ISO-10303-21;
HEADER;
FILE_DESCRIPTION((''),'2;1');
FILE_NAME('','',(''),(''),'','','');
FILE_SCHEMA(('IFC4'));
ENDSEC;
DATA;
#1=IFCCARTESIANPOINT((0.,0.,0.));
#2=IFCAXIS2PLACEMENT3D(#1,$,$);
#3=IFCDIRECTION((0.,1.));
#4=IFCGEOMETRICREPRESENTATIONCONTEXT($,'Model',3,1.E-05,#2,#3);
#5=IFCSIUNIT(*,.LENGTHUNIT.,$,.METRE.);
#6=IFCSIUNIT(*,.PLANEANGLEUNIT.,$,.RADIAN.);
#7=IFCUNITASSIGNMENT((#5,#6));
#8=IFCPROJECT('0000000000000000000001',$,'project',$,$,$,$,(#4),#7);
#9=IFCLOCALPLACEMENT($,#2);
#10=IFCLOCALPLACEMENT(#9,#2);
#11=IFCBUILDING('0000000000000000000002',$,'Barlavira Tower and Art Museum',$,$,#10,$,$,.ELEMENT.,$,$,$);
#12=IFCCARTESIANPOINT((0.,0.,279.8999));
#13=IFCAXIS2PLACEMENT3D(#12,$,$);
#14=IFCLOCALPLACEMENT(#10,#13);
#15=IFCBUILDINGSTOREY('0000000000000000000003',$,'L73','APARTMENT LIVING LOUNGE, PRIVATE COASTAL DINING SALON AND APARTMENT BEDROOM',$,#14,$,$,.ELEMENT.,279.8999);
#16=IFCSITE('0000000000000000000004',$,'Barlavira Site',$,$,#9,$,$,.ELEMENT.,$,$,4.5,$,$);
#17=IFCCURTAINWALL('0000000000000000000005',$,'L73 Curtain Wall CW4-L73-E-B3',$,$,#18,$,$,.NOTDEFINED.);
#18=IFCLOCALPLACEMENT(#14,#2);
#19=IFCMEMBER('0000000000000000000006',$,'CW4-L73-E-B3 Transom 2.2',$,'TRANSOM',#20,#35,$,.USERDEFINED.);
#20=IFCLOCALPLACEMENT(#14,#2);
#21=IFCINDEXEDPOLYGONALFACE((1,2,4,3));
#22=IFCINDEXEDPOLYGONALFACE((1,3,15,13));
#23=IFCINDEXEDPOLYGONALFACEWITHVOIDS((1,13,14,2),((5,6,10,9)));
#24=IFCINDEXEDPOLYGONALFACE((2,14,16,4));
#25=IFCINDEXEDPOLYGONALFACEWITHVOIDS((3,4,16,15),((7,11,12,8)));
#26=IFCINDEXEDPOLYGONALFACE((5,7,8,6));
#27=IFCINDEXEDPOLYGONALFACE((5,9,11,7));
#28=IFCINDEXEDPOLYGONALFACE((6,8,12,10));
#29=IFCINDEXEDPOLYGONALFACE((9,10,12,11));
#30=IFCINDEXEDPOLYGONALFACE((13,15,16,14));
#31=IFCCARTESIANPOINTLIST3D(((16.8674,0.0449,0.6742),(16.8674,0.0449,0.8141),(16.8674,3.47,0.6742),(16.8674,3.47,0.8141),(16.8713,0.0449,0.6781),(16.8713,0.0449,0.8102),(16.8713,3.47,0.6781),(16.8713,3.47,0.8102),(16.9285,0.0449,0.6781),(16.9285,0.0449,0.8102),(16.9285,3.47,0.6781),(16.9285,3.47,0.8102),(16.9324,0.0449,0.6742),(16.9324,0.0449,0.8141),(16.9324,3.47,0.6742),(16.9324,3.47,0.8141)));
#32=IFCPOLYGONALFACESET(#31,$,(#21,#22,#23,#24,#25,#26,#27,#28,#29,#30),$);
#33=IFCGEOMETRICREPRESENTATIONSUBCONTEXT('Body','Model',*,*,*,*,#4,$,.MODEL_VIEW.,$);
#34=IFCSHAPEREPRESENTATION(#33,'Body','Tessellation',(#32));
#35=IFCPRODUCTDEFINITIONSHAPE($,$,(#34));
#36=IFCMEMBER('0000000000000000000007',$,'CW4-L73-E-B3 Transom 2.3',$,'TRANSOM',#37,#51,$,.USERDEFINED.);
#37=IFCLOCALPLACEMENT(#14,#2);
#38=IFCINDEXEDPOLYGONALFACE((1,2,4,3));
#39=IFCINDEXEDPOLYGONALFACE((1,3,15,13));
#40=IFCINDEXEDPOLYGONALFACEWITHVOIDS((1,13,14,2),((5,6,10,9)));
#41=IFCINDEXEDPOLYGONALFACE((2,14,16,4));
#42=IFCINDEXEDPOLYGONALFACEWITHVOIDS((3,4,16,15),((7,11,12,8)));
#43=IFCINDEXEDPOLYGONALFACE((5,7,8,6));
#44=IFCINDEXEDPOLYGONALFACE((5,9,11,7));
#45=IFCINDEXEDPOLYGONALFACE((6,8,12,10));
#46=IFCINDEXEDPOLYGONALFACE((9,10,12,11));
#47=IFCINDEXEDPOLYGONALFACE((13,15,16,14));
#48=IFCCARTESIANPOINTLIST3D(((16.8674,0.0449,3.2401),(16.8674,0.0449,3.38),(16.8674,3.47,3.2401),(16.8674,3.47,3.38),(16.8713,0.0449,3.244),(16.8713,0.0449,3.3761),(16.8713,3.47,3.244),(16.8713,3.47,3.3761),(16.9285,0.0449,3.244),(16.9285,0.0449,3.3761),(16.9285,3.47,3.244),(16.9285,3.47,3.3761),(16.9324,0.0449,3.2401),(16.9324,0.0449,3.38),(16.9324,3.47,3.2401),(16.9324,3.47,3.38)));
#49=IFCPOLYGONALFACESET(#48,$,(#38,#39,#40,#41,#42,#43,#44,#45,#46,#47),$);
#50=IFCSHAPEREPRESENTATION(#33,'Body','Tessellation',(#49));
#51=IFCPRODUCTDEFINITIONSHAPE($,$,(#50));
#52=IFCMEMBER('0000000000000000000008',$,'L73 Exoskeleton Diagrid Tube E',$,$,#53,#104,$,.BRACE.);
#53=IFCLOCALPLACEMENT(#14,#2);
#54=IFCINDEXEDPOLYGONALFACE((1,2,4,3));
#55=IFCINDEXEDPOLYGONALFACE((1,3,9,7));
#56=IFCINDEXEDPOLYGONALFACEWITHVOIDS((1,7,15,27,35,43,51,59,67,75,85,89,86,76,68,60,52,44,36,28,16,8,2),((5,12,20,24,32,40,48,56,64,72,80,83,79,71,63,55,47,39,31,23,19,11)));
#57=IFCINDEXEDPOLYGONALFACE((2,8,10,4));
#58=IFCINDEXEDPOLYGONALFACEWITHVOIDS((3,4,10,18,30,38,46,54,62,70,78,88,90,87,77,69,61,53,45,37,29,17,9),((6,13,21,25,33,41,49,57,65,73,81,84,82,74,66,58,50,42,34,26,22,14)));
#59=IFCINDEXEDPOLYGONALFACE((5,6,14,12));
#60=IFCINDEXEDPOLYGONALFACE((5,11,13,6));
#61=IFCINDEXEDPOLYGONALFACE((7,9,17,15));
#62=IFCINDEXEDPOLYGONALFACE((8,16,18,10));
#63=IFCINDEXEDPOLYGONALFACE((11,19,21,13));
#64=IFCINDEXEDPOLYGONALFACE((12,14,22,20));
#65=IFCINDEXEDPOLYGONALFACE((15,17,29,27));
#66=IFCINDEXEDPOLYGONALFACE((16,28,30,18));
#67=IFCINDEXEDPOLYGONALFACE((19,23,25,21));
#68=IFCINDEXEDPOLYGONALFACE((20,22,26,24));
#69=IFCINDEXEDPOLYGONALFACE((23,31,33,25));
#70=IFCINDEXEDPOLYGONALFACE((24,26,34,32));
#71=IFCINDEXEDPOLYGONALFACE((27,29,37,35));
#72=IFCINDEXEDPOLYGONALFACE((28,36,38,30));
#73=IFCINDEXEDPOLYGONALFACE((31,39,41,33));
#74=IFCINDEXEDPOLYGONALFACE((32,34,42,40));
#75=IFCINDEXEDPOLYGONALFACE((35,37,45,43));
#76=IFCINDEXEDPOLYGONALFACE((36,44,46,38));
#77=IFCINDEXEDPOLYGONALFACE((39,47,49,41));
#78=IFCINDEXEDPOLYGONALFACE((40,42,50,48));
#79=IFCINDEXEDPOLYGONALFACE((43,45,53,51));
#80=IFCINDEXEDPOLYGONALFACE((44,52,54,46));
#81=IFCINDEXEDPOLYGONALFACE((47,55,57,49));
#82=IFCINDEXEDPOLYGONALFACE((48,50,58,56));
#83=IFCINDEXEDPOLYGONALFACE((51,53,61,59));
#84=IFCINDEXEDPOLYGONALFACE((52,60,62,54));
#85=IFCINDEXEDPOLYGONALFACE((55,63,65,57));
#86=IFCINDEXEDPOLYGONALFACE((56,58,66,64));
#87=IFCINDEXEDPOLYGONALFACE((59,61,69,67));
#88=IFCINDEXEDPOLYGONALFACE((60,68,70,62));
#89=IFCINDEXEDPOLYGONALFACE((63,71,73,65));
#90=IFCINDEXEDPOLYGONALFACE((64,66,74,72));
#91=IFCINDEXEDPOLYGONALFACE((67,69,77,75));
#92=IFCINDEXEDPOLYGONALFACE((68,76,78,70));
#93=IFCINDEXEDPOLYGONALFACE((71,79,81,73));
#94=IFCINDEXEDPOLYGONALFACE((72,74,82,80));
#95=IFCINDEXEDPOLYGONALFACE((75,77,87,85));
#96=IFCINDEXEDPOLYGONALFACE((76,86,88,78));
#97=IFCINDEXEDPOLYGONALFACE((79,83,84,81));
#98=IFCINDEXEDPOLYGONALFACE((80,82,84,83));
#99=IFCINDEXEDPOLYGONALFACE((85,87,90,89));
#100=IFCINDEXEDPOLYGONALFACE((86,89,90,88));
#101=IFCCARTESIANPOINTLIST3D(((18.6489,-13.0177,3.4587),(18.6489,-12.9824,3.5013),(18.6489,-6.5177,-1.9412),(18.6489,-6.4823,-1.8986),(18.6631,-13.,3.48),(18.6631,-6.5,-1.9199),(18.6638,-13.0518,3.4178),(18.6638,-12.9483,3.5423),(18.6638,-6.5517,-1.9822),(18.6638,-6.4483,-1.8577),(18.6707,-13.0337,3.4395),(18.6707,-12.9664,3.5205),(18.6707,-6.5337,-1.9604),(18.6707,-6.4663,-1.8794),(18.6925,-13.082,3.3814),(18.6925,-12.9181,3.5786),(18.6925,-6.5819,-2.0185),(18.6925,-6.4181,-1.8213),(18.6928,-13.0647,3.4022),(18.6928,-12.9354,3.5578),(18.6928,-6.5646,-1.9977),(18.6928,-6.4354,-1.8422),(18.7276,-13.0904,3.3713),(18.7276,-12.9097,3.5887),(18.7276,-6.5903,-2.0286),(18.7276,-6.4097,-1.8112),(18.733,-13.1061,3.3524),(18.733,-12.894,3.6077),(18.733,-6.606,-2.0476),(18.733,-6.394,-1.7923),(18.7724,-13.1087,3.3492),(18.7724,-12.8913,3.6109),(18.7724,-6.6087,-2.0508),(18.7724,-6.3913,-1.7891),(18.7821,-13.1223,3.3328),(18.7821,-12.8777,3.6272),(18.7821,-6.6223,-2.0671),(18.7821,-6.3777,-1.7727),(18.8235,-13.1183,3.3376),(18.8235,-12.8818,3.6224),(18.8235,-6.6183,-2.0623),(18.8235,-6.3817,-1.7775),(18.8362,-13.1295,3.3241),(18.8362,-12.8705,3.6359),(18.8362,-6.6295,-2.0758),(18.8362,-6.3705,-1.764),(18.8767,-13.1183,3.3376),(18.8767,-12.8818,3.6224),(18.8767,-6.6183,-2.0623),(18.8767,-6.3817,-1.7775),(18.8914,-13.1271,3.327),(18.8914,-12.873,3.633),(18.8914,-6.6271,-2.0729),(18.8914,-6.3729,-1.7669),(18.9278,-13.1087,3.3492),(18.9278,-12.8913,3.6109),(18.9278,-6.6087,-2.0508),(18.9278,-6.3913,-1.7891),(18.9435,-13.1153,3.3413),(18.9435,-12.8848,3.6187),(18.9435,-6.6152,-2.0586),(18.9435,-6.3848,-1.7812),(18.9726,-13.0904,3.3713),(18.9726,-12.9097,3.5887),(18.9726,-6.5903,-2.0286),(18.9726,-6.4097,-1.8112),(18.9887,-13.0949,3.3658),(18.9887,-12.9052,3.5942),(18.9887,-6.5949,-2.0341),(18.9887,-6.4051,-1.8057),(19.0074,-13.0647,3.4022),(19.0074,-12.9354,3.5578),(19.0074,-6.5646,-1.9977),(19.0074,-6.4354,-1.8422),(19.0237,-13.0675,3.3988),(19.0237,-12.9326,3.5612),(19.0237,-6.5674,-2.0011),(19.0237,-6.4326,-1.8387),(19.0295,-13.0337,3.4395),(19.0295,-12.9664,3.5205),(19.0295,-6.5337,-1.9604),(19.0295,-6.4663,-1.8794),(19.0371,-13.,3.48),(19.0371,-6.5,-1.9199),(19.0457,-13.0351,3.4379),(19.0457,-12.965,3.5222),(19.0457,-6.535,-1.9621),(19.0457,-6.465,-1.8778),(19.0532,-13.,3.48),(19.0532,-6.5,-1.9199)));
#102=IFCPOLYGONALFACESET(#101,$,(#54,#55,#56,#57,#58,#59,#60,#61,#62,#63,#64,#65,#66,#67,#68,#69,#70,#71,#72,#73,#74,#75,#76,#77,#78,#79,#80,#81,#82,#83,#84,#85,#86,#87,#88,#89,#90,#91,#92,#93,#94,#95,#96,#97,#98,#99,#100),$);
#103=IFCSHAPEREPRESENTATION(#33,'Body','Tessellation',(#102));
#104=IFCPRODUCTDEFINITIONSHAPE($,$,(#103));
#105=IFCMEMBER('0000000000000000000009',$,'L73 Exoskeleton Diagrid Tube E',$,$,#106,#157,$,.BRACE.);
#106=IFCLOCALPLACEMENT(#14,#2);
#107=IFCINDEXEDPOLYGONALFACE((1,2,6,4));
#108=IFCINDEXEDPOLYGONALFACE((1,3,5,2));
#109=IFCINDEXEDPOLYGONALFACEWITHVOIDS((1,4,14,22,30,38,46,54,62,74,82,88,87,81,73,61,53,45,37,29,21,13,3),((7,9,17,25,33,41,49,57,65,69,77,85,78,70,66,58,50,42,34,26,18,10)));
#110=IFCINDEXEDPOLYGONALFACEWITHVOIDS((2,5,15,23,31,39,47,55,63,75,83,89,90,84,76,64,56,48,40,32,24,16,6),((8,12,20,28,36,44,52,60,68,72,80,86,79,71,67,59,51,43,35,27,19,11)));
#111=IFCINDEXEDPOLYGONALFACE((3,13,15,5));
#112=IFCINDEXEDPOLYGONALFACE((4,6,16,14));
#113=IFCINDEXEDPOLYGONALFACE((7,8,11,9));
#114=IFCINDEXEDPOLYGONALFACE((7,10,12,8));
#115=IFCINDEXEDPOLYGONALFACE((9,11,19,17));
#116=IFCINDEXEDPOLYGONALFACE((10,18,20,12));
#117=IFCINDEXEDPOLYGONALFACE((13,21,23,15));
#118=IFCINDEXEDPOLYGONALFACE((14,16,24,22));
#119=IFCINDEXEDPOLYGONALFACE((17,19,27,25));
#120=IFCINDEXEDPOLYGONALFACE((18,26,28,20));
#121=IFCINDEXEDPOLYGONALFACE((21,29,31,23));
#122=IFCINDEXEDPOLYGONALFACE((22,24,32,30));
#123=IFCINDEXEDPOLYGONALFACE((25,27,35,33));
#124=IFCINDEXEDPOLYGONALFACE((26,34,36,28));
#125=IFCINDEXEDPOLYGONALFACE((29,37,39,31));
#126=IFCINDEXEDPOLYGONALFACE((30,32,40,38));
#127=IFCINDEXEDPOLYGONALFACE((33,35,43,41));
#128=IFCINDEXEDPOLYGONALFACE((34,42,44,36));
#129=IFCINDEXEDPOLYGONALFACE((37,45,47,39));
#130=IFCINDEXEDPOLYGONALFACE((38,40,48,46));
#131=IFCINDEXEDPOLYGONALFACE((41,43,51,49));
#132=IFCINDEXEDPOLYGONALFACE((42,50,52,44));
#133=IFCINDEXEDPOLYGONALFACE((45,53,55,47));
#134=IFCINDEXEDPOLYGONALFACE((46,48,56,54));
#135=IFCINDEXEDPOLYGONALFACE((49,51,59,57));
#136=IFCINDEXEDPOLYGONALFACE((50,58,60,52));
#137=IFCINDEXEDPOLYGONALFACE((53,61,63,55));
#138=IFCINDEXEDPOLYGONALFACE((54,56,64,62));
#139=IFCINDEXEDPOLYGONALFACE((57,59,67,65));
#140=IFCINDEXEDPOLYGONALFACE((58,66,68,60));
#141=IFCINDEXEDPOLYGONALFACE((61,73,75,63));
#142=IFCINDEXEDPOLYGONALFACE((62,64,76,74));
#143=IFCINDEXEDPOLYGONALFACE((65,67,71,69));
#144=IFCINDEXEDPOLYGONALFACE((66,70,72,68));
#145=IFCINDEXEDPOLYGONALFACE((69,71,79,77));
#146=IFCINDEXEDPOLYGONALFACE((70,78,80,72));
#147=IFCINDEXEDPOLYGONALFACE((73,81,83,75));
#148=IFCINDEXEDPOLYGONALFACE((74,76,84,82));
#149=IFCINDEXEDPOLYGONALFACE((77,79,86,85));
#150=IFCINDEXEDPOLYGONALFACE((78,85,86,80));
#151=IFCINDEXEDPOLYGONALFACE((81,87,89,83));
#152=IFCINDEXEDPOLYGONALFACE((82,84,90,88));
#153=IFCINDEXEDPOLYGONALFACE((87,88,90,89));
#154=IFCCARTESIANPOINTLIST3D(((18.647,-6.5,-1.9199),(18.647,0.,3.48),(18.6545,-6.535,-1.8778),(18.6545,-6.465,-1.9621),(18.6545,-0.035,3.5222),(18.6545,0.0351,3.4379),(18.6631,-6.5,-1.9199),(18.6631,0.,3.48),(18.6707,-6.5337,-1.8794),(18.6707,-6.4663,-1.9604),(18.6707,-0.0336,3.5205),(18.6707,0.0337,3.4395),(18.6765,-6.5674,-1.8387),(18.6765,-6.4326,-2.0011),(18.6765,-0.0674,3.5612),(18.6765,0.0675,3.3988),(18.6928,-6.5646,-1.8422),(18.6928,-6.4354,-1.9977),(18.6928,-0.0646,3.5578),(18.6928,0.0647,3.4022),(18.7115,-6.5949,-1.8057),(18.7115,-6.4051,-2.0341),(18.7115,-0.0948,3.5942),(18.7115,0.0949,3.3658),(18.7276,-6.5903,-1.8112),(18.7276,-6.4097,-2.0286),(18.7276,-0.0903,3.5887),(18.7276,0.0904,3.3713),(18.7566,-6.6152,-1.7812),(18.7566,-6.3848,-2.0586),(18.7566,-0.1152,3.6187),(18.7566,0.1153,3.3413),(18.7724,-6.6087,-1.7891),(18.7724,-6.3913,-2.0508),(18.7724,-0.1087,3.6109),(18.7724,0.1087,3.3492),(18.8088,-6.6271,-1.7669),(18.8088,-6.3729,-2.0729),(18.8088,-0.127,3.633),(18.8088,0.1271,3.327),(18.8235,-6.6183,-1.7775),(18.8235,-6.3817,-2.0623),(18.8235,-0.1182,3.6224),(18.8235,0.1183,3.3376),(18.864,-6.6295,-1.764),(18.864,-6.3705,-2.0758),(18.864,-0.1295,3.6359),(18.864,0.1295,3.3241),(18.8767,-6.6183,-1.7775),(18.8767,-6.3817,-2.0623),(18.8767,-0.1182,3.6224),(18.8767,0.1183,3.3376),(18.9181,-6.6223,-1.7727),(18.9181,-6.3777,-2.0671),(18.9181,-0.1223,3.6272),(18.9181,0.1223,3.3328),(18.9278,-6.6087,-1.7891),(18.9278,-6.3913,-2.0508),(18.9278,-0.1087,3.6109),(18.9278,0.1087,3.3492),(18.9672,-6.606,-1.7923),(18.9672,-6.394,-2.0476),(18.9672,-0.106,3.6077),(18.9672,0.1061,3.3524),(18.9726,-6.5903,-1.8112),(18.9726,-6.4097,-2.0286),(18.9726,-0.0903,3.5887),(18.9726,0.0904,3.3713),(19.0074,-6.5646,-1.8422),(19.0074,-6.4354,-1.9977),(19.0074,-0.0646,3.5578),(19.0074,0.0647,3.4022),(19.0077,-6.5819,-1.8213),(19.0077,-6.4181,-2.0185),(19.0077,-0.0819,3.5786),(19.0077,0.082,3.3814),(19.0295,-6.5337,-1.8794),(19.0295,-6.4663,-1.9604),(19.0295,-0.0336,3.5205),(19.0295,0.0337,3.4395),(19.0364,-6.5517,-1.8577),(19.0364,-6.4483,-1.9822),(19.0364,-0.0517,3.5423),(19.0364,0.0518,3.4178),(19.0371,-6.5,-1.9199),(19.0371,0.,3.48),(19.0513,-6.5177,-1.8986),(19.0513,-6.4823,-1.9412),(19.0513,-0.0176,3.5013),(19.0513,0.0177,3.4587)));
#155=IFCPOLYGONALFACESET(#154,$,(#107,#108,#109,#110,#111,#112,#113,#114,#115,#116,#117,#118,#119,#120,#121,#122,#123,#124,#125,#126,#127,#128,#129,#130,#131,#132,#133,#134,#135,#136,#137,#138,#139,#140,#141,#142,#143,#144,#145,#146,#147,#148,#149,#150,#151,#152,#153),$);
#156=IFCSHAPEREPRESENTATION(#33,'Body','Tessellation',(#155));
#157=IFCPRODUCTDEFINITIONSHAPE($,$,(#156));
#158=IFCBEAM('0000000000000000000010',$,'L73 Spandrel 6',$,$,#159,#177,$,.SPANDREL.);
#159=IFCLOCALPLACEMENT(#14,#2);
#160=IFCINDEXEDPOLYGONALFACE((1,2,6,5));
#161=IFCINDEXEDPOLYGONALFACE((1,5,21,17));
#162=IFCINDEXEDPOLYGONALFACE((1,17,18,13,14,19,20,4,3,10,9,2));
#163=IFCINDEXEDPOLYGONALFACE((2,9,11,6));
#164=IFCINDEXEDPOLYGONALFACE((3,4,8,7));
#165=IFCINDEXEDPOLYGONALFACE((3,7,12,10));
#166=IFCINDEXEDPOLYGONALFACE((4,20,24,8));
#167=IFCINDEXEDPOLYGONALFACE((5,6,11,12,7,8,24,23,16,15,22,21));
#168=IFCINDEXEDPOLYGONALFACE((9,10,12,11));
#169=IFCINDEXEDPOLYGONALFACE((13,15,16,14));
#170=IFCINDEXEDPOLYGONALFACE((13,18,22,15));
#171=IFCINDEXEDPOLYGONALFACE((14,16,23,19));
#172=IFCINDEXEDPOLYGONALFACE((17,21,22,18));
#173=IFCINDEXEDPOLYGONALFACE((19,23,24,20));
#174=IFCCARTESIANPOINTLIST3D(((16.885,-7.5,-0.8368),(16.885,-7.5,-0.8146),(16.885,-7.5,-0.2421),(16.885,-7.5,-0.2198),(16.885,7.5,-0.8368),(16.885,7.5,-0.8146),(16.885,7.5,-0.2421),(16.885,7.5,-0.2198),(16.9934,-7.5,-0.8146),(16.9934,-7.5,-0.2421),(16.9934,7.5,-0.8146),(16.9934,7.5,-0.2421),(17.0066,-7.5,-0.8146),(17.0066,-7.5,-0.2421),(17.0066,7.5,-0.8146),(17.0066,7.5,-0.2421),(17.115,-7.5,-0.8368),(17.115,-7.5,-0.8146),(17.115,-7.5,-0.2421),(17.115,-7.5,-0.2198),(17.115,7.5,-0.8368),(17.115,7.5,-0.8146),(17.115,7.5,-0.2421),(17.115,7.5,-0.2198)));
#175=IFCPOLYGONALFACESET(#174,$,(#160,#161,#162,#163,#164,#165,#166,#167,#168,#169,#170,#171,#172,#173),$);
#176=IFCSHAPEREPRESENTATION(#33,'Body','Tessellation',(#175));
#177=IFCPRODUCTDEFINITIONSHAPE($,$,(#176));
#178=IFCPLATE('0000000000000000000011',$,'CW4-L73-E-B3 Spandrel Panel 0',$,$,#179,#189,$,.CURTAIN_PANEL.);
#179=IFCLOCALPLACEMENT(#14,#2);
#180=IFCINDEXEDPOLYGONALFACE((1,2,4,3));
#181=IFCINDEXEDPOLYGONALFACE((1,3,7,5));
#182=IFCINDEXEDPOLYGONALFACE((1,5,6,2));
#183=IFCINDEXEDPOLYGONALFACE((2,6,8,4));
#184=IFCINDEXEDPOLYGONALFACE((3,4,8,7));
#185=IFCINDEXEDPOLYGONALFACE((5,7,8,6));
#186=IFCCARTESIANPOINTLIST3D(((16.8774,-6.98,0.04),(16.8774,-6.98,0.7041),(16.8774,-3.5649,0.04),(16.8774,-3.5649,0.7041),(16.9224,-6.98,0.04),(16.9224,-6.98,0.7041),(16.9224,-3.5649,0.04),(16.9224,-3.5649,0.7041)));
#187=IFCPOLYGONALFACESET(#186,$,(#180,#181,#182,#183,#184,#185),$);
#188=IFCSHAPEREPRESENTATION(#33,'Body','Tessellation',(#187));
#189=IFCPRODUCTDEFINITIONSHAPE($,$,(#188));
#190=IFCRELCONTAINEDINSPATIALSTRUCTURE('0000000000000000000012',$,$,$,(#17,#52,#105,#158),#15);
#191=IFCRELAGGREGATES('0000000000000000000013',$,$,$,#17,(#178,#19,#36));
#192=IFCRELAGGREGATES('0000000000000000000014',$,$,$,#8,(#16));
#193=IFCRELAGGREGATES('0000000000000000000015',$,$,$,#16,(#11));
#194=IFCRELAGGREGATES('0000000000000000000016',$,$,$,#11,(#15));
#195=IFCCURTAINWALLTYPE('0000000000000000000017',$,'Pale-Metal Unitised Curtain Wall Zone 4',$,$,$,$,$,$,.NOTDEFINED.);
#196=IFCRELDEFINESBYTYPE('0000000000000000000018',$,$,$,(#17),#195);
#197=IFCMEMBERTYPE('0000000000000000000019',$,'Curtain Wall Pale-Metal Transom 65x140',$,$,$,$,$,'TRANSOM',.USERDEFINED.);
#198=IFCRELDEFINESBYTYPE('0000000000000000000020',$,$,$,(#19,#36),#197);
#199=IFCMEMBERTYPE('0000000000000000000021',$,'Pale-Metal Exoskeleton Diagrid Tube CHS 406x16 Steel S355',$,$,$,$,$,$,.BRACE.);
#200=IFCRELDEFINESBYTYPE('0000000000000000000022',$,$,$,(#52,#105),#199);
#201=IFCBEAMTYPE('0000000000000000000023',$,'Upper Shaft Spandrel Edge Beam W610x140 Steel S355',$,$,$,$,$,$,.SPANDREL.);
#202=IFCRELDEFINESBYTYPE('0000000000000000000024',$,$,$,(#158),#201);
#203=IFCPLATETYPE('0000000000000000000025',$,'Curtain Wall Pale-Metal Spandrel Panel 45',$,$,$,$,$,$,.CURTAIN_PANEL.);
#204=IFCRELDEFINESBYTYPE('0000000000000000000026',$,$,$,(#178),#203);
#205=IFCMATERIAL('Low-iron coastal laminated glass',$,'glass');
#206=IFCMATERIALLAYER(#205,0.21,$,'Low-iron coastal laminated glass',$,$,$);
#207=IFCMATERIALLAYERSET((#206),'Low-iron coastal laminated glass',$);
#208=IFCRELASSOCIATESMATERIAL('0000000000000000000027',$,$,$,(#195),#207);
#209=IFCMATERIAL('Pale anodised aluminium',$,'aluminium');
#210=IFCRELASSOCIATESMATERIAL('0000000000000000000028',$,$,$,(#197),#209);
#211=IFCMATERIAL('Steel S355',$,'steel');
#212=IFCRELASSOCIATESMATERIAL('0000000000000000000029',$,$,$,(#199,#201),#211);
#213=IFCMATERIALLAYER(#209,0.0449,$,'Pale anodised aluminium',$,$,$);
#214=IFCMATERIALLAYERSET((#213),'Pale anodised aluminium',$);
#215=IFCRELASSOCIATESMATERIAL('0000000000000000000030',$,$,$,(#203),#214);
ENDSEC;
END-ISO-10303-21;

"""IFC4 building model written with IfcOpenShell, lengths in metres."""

from ifc_helpers import new_model, si_unit, direction, frame, origin, origin_2d, place, context, subcontext, project, spatial, rectangle, hollow_rectangle, hollow_circle, i_section, extrude, material, layer, layer_set, material_profile, profile_set, type_object, element, aggregate, save


model = new_model("IFC4")

# Units and contexts
model_context = context("Model", 3, precision=1e-05, world=origin(), true_north=direction((0.0, 1.0)))
body_context = subcontext(model_context, "Body", "Model", "MODEL_VIEW")
ifc_project = project(units=[si_unit("LENGTHUNIT", "METRE"), si_unit("PLANEANGLEUNIT", "RADIAN")], contexts=[model_context])

# Site, building, storey
site_placement = place(None, origin())
site = spatial("IfcSite", under=ifc_project, at=site_placement, Name="Barlavira Site", CompositionType="ELEMENT", RefElevation=4.5)
building_placement = place(site_placement, origin())
building = spatial("IfcBuilding", under=site, at=building_placement, Name="Barlavira Tower and Art Museum", CompositionType="ELEMENT")
storey_placement = place(building_placement, frame((0.0, 0.0, 279.8999)))
storey = spatial("IfcBuildingStorey", under=building, at=storey_placement, Name="L73", Description="APARTMENT LIVING LOUNGE, PRIVATE COASTAL DINING SALON AND APARTMENT BEDROOM", CompositionType="ELEMENT", Elevation=279.8999)

# Curtain wall, members
ifc_material_1 = material(Name="Low-iron coastal laminated glass", Category="glass")
ifc_layer_1 = layer(ifc_material_1, 0.21, Name="Low-iron coastal laminated glass")
ifc_layer_set_1 = layer_set([ifc_layer_1], Name="Low-iron coastal laminated glass")
curtain_wall_type = type_object("IfcCurtainWallType", Name="Pale-Metal Unitised Curtain Wall Zone 4", PredefinedType="NOTDEFINED", material=ifc_layer_set_1)
curtain_wall_placement = place(storey_placement, origin())
curtain_wall = element("IfcCurtainWall", 1, at=curtain_wall_placement, inside=storey, type_object=curtain_wall_type, Name="L73 Curtain Wall CW4-L73-E-B3", PredefinedType="NOTDEFINED")
ifc_material_2 = material(Name="Pale anodised aluminium", Category="aluminium")
ifc_material_profile_1 = material_profile(ifc_material_2, hollow_rectangle(XDim=0.0649, YDim=0.1399, WallThickness=0.0039, at=origin_2d()), Name="ALU-TRAN 65x140x4")
ifc_profile_set_1 = profile_set([ifc_material_profile_1], Name="Pale anodised aluminium")
member_type_1 = type_object("IfcMemberType", Name="Curtain Wall Pale-Metal Transom 65x140", ElementType="TRANSOM", PredefinedType="USERDEFINED", material=ifc_profile_set_1)
member_1_placement = place(storey_placement, frame((16.8999, 0.0449, 0.7441), z_axis=(0.0, 1.0, 0.0), x_axis=(-1.0, 0.0, 0.0)))
member_1 = element("IfcMember", 2, at=member_1_placement, type_object=member_type_1, Name="CW4-L73-E-B3 Transom 2.2", ObjectType="TRANSOM", PredefinedType="USERDEFINED", context=body_context, shape_type="SweptSolid", body=[
    extrude(hollow_rectangle(XDim=0.0649, YDim=0.1399, WallThickness=0.0039, at=origin_2d()), origin(), (0.0, 0.0, 1.0), 3.425),
])
member_2_placement = place(storey_placement, frame((16.8999, 0.0449, 3.3101), z_axis=(0.0, 1.0, 0.0), x_axis=(-1.0, 0.0, 0.0)))
member_2 = element("IfcMember", 3, at=member_2_placement, type_object=member_type_1, Name="CW4-L73-E-B3 Transom 2.3", ObjectType="TRANSOM", PredefinedType="USERDEFINED", context=body_context, shape_type="SweptSolid", body=[
    extrude(hollow_rectangle(XDim=0.0649, YDim=0.1399, WallThickness=0.0039, at=origin_2d()), origin(), (0.0, 0.0, 1.0), 3.425),
])

# Members
ifc_material_3 = material(Name="Steel S355", Category="steel")
ifc_material_profile_2 = material_profile(ifc_material_3, hollow_circle(Radius=0.2031, WallThickness=0.0161, at=origin_2d()), Name="CHS 406.4x16.0")
ifc_profile_set_2 = profile_set([ifc_material_profile_2], Name="Steel S355")
member_type_2 = type_object("IfcMemberType", Name="Pale-Metal Exoskeleton Diagrid Tube CHS 406x16 Steel S355", PredefinedType="BRACE", material=ifc_profile_set_2)
for number, where, z_axis, x_axis, name in (
    (4, (18.8501, -6.5, -1.9199), (0.0, -0.769196, 0.639013), (1.0, 0.0, 0.0), "L73 Exoskeleton Diagrid Tube E"),
    (5, (18.8501, -6.5, -1.9199), (0.0, 0.769196, 0.639013), (-1.0, 0.0, 0.0), "L73 Exoskeleton Diagrid Tube E"),
):
    element("IfcMember", number, at=place(storey_placement, frame(where, z_axis=z_axis, x_axis=x_axis)), inside=storey, type_object=member_type_2, Name=name, PredefinedType="BRACE", context=body_context, shape_type="SweptSolid", body=[
        extrude(hollow_circle(Radius=0.2031, WallThickness=0.0161, at=origin_2d()), origin(), (0.0, 0.0, 1.0), 8.4504),
    ])

# Beam
ifc_material_profile_3 = material_profile(ifc_material_3, i_section(OverallWidth=0.23, OverallDepth=0.6169, WebThickness=0.0132, FlangeThickness=0.0222, at=origin_2d()), Name="W610x140.0")
ifc_profile_set_3 = profile_set([ifc_material_profile_3], Name="Steel S355")
beam_type = type_object("IfcBeamType", Name="Upper Shaft Spandrel Edge Beam W610x140 Steel S355", PredefinedType="SPANDREL", material=ifc_profile_set_3)
beam_placement = place(storey_placement, frame((17.0, -7.5, -0.5283), z_axis=(0.0, 1.0, 0.0), x_axis=(-1.0, 0.0, 0.0)))
element("IfcBeam", 6, at=beam_placement, inside=storey, type_object=beam_type, Name="L73 Spandrel 6", PredefinedType="SPANDREL", context=body_context, shape_type="SweptSolid", body=[
    extrude(i_section(OverallWidth=0.23, OverallDepth=0.6169, WebThickness=0.0132, FlangeThickness=0.0222, at=origin_2d()), origin(), (0.0, 0.0, 1.0), 15.0),
])

# Plate
ifc_layer_2 = layer(ifc_material_2, 0.0449, Name="Pale anodised aluminium")
ifc_layer_set_2 = layer_set([ifc_layer_2], Name="Pale anodised aluminium")
plate_type_1 = type_object("IfcPlateType", Name="Curtain Wall Pale-Metal Spandrel Panel 45", PredefinedType="CURTAIN_PANEL", material=ifc_layer_set_2)
plate_1_placement = place(storey_placement, frame((16.8999, -5.2725, 0.04), z_axis=(0.0, 0.0, 1.0), x_axis=(0.0, 1.0, 0.0)))
plate_1 = element("IfcPlate", 7, at=plate_1_placement, type_object=plate_type_1, Name="CW4-L73-E-B3 Spandrel Panel 0", PredefinedType="CURTAIN_PANEL", context=body_context, shape_type="SweptSolid", body=[
    extrude(rectangle(XDim=3.415, YDim=0.0449, at=origin_2d()), origin(), (0.0, 0.0, 1.0), 0.6641),
])
aggregate(curtain_wall, [plate_1, member_1, member_2])

save(model, "model.ifc")
